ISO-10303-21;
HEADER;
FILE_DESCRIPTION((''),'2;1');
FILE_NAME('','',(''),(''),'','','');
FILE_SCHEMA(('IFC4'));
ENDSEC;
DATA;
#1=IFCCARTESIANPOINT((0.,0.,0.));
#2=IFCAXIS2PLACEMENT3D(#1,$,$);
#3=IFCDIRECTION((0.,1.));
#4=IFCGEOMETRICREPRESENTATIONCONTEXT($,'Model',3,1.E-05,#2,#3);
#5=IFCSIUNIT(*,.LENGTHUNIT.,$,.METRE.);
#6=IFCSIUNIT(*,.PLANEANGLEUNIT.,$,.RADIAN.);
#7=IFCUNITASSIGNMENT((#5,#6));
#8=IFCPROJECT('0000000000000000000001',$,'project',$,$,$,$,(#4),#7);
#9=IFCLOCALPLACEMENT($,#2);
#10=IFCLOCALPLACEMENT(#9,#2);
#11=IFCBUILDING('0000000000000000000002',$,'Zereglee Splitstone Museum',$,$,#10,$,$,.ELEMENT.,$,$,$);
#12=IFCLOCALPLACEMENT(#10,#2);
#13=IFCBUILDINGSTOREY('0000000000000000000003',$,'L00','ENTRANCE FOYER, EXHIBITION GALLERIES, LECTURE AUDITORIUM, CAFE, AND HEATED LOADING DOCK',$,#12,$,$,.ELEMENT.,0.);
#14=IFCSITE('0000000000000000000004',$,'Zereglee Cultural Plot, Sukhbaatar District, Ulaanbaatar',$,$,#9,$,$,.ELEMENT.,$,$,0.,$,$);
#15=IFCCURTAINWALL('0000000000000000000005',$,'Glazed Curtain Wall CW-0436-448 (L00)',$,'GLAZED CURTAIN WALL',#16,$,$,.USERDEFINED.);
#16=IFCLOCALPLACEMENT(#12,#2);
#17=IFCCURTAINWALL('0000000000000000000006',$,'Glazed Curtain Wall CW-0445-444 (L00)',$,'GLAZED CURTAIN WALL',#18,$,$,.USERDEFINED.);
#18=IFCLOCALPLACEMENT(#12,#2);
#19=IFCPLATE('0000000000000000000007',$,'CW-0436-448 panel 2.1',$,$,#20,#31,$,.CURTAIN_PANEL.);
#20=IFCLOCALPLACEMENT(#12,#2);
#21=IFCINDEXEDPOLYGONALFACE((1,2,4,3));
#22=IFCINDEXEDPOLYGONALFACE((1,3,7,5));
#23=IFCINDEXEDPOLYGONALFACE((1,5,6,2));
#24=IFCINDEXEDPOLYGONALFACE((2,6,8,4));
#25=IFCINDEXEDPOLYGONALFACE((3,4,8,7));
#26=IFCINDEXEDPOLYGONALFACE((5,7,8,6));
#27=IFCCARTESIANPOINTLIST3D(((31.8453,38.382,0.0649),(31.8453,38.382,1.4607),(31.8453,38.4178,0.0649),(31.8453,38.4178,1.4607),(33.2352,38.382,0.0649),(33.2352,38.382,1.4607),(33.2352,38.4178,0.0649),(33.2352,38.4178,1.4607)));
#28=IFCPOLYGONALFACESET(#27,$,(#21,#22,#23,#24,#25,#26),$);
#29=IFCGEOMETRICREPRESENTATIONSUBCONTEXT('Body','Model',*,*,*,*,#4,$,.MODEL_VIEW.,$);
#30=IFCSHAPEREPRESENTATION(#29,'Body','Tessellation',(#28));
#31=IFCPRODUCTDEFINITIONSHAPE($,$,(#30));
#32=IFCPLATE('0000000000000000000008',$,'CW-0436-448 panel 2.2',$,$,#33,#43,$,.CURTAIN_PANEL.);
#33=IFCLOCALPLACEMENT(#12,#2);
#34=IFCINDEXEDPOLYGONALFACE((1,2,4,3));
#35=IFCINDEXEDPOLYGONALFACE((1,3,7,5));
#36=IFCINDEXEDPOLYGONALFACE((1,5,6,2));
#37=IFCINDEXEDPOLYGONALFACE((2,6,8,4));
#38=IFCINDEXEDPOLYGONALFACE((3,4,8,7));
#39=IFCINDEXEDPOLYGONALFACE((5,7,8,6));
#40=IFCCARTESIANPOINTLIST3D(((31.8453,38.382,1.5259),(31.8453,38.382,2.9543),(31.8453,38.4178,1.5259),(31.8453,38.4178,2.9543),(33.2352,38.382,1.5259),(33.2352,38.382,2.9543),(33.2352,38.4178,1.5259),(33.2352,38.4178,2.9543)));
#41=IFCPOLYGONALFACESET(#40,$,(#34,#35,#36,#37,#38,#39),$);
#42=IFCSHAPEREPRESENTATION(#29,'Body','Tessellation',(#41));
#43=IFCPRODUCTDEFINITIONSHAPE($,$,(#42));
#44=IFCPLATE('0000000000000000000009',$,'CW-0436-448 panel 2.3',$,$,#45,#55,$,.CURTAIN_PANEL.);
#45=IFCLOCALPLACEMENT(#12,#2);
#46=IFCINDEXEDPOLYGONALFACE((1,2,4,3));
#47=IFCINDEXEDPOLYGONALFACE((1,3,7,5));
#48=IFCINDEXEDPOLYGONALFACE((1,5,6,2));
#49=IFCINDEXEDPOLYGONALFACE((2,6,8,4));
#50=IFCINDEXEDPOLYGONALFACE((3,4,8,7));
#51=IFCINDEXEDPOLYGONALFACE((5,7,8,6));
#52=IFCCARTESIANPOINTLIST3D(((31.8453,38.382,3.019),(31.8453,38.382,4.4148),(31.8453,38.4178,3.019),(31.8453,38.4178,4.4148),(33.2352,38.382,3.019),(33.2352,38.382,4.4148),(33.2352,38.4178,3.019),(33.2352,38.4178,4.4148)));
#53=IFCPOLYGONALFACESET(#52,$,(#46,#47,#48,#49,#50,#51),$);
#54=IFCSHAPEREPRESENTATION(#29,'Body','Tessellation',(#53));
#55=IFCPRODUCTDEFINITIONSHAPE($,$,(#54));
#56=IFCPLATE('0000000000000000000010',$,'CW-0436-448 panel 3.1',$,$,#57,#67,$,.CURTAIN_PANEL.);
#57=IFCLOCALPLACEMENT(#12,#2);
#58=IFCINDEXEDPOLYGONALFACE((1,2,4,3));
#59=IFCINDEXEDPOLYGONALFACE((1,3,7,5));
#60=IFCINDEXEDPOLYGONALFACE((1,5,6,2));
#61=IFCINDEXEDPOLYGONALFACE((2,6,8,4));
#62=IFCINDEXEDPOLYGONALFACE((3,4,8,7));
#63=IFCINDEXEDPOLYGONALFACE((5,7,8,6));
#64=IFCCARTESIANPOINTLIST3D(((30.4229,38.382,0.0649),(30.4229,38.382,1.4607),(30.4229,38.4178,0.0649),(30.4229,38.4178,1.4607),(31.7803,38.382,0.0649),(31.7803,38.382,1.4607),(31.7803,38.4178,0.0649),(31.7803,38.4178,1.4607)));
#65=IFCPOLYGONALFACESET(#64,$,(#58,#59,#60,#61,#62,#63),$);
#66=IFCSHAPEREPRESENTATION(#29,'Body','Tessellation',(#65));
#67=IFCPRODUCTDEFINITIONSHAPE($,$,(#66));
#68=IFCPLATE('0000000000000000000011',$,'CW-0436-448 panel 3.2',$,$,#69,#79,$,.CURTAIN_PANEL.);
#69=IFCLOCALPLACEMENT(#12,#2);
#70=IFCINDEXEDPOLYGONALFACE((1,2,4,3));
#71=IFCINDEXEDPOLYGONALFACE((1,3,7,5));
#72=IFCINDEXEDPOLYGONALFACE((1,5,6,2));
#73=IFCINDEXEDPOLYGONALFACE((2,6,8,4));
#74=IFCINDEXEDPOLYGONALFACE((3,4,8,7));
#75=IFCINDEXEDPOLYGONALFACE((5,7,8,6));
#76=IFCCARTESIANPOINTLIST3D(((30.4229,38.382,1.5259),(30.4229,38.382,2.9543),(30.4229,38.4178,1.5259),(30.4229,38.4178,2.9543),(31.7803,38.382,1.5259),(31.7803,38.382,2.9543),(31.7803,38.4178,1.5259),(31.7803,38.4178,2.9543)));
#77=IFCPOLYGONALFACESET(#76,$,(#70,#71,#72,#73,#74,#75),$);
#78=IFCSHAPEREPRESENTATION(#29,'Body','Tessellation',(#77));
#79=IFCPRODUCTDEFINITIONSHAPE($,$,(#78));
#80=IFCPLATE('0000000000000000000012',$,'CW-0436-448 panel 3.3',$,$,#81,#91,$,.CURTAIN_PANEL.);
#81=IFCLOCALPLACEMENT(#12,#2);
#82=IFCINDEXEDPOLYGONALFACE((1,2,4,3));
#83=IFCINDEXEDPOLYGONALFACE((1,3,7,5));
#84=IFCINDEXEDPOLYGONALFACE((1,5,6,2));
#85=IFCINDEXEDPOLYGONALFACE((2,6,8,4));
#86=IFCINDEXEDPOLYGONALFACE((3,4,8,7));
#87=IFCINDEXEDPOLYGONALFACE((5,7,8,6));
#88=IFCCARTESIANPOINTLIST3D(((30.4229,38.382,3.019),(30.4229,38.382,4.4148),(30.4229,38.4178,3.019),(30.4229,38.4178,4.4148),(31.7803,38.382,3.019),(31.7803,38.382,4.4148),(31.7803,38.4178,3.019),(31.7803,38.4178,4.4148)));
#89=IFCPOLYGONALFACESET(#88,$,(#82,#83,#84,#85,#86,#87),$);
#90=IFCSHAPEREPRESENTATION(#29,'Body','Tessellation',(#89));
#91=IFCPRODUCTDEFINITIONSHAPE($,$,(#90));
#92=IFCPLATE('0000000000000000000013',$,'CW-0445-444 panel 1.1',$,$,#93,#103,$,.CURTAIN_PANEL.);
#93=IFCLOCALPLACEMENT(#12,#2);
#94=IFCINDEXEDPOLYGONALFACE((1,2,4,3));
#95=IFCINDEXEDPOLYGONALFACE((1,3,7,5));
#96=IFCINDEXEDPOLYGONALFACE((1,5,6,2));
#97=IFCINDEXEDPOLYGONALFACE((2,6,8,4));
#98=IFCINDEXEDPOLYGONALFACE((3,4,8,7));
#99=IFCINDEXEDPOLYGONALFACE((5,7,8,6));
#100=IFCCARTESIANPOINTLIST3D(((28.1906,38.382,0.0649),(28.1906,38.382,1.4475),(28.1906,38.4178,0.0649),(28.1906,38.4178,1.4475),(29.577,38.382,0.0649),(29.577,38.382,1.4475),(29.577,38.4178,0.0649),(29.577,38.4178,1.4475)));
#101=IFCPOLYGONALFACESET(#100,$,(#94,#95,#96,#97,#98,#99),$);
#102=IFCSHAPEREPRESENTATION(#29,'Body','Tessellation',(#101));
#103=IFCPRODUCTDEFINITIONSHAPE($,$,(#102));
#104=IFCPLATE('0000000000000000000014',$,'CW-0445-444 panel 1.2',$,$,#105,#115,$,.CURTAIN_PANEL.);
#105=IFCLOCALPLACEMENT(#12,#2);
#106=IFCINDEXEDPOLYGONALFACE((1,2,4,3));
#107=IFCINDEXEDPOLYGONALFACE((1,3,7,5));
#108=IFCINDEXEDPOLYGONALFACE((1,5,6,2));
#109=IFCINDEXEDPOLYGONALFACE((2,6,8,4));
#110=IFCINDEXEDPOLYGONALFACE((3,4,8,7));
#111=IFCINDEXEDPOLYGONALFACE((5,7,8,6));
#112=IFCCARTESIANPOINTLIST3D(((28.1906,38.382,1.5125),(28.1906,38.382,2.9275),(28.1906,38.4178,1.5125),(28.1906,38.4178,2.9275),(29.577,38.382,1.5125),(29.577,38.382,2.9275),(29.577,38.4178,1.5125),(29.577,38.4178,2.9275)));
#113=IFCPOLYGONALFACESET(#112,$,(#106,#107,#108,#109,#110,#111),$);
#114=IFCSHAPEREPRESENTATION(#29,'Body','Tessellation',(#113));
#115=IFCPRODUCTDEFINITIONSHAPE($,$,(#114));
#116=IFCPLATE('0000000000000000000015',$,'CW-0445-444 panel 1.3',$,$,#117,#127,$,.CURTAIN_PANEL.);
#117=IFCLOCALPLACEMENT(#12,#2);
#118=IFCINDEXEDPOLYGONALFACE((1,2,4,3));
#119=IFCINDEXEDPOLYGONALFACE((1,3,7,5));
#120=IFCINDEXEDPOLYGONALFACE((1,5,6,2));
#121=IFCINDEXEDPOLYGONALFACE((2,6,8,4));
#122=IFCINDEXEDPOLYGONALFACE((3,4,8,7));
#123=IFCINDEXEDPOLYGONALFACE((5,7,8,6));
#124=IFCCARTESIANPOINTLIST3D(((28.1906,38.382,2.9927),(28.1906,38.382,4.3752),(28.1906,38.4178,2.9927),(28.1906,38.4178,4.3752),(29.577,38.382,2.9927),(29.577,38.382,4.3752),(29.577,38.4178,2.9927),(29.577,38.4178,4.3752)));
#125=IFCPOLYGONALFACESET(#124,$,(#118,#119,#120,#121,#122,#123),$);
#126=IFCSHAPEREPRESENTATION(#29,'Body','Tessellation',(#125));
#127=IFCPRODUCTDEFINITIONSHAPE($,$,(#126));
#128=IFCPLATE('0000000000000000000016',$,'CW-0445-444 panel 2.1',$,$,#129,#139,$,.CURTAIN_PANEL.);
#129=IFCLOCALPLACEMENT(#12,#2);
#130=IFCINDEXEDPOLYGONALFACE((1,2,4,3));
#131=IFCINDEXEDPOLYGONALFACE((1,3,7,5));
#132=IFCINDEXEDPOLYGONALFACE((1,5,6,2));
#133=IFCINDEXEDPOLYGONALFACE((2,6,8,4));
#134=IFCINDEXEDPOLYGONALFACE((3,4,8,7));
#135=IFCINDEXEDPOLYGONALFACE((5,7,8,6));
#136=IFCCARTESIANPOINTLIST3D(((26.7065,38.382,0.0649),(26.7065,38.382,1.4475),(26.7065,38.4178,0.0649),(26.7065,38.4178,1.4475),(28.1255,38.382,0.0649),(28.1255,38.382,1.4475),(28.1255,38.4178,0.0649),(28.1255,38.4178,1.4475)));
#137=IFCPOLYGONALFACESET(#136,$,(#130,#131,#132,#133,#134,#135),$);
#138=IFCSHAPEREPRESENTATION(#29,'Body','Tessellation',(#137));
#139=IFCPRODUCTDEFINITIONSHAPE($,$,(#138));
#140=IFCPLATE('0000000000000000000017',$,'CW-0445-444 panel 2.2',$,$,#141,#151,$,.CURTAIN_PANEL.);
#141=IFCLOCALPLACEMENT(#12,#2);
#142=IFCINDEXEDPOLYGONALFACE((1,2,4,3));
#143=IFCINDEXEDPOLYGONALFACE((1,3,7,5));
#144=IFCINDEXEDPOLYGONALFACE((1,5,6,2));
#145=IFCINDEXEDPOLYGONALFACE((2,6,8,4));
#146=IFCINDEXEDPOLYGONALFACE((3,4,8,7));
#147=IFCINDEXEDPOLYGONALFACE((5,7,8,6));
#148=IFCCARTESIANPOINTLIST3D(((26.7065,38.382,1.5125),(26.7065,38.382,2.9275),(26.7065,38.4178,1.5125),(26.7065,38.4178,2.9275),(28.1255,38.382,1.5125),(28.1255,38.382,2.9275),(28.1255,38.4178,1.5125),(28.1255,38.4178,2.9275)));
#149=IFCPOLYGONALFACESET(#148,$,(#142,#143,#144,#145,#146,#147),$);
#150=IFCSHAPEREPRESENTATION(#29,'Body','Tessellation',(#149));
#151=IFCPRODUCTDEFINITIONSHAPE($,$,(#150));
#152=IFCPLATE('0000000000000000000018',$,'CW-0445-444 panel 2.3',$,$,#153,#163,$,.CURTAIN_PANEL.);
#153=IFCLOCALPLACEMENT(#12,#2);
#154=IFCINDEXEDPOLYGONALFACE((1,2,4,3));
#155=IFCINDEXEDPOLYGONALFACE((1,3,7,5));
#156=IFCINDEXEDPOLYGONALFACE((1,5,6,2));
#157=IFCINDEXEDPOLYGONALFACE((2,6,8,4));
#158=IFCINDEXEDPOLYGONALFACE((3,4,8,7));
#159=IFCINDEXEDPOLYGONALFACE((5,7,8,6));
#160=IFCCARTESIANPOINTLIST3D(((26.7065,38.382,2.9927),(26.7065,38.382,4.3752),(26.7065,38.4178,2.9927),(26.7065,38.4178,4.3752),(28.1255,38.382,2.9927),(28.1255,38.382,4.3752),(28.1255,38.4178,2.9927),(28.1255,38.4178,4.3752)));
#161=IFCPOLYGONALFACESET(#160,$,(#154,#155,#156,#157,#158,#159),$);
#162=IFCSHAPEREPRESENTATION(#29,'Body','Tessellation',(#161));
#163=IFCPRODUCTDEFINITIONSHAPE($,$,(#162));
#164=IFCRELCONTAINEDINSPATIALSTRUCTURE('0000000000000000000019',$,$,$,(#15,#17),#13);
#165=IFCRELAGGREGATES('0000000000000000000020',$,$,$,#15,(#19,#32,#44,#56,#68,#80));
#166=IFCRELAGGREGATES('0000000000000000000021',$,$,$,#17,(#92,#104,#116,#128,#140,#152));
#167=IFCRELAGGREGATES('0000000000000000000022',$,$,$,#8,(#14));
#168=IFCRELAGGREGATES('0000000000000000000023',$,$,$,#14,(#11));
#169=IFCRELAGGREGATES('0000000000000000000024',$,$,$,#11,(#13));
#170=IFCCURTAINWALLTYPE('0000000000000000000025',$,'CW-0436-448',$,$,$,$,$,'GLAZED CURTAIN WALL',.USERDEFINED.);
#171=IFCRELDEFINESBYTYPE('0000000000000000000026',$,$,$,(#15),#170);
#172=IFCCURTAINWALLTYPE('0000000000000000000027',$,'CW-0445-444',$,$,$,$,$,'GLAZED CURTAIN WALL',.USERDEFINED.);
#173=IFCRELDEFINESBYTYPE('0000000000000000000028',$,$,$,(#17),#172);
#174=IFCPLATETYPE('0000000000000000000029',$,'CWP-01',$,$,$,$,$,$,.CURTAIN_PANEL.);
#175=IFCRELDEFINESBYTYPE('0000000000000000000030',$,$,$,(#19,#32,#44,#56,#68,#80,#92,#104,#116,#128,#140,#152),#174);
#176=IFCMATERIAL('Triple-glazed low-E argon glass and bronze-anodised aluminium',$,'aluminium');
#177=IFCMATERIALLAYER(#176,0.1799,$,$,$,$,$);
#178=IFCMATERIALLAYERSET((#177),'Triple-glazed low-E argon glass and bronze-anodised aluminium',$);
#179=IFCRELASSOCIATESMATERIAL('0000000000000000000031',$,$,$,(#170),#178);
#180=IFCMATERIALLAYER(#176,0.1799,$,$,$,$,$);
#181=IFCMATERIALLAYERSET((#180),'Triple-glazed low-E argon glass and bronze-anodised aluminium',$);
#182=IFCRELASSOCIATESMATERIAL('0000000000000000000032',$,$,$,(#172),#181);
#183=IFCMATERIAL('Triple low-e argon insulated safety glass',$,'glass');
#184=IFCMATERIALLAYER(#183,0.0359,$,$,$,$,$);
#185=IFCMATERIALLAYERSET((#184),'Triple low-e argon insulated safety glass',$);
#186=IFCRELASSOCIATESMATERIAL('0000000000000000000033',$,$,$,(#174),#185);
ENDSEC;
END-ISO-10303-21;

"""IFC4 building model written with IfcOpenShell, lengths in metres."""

from ifc_helpers import new_model, si_unit, direction, frame, origin, origin_2d, place, context, subcontext, project, spatial, rectangle, extrude, material, layer, layer_set, type_object, element, aggregate, save


model = new_model("IFC4")

# Units and contexts
model_context = context("Model", 3, precision=1e-05, world=origin(), true_north=direction((0.0, 1.0)))
body_context = subcontext(model_context, "Body", "Model", "MODEL_VIEW")
ifc_project = project(units=[si_unit("LENGTHUNIT", "METRE"), si_unit("PLANEANGLEUNIT", "RADIAN")], contexts=[model_context])

# Site, building, storey
site_placement = place(None, origin())
site = spatial("IfcSite", under=ifc_project, at=site_placement, Name="Zereglee Cultural Plot, Sukhbaatar District, Ulaanbaatar", CompositionType="ELEMENT", RefElevation=0.0)
building_placement = place(site_placement, origin())
building = spatial("IfcBuilding", under=site, at=building_placement, Name="Zereglee Splitstone Museum", CompositionType="ELEMENT")
storey_placement = place(building_placement, origin())
storey = spatial("IfcBuildingStorey", under=building, at=storey_placement, Name="L00", Description="ENTRANCE FOYER, EXHIBITION GALLERIES, LECTURE AUDITORIUM, CAFE, AND HEATED LOADING DOCK", CompositionType="ELEMENT", Elevation=0.0)

# Curtain walls
ifc_material_1 = material(Name="Triple-glazed low-E argon glass and bronze-anodised aluminium", Category="aluminium")
ifc_layer_1 = layer(ifc_material_1, 0.1799)
ifc_layer_set_1 = layer_set([ifc_layer_1], Name="Triple-glazed low-E argon glass and bronze-anodised aluminium")
curtain_wall_type_1 = type_object("IfcCurtainWallType", Name="CW-0436-448", ElementType="GLAZED CURTAIN WALL", PredefinedType="USERDEFINED", material=ifc_layer_set_1)
curtain_wall_1_placement = place(storey_placement, origin())
curtain_wall_1 = element("IfcCurtainWall", 1, at=curtain_wall_1_placement, inside=storey, type_object=curtain_wall_type_1, Name="Glazed Curtain Wall CW-0436-448 (L00)", ObjectType="GLAZED CURTAIN WALL", PredefinedType="USERDEFINED")
ifc_layer_2 = layer(ifc_material_1, 0.1799)
ifc_layer_set_2 = layer_set([ifc_layer_2], Name="Triple-glazed low-E argon glass and bronze-anodised aluminium")
curtain_wall_type_2 = type_object("IfcCurtainWallType", Name="CW-0445-444", ElementType="GLAZED CURTAIN WALL", PredefinedType="USERDEFINED", material=ifc_layer_set_2)
curtain_wall_2_placement = place(storey_placement, origin())
curtain_wall_2 = element("IfcCurtainWall", 2, at=curtain_wall_2_placement, inside=storey, type_object=curtain_wall_type_2, Name="Glazed Curtain Wall CW-0445-444 (L00)", ObjectType="GLAZED CURTAIN WALL", PredefinedType="USERDEFINED")

# Plates
ifc_material_2 = material(Name="Triple low-e argon insulated safety glass", Category="glass")
ifc_layer_3 = layer(ifc_material_2, 0.0359)
ifc_layer_set_3 = layer_set([ifc_layer_3], Name="Triple low-e argon insulated safety glass")
plate_type = type_object("IfcPlateType", Name="CWP-01", PredefinedType="CURTAIN_PANEL", material=ifc_layer_set_3)
plate_1_placement = place(storey_placement, frame((32.5403, 38.3999, 0.0649), z_axis=(0.0, 0.0, 1.0), x_axis=(-1.0, 0.0, 0.0)))
plate_1 = element("IfcPlate", 3, at=plate_1_placement, type_object=plate_type, Name="CW-0436-448 panel 2.1", PredefinedType="CURTAIN_PANEL", context=body_context, shape_type="SweptSolid", body=[
    extrude(rectangle(XDim=1.3899, YDim=0.0359, at=origin_2d()), origin(), (0.0, 0.0, 1.0), 1.3958),
])
plate_2_placement = place(storey_placement, frame((32.5403, 38.3999, 1.5259), z_axis=(0.0, 0.0, 1.0), x_axis=(-1.0, 0.0, 0.0)))
plate_2 = element("IfcPlate", 4, at=plate_2_placement, type_object=plate_type, Name="CW-0436-448 panel 2.2", PredefinedType="CURTAIN_PANEL", context=body_context, shape_type="SweptSolid", body=[
    extrude(rectangle(XDim=1.3899, YDim=0.0359, at=origin_2d()), origin(), (0.0, 0.0, 1.0), 1.4285),
])
plate_3_placement = place(storey_placement, frame((32.5403, 38.3999, 3.019), z_axis=(0.0, 0.0, 1.0), x_axis=(-1.0, 0.0, 0.0)))
plate_3 = element("IfcPlate", 5, at=plate_3_placement, type_object=plate_type, Name="CW-0436-448 panel 2.3", PredefinedType="CURTAIN_PANEL", context=body_context, shape_type="SweptSolid", body=[
    extrude(rectangle(XDim=1.3899, YDim=0.0359, at=origin_2d()), origin(), (0.0, 0.0, 1.0), 1.3958),
])
plate_4_placement = place(storey_placement, frame((31.1016, 38.3999, 0.0649), z_axis=(0.0, 0.0, 1.0), x_axis=(-1.0, 0.0, 0.0)))
plate_4 = element("IfcPlate", 6, at=plate_4_placement, type_object=plate_type, Name="CW-0436-448 panel 3.1", PredefinedType="CURTAIN_PANEL", context=body_context, shape_type="SweptSolid", body=[
    extrude(rectangle(XDim=1.3574, YDim=0.0359, at=origin_2d()), origin(), (0.0, 0.0, 1.0), 1.3958),
])
plate_5_placement = place(storey_placement, frame((31.1016, 38.3999, 1.5259), z_axis=(0.0, 0.0, 1.0), x_axis=(-1.0, 0.0, 0.0)))
plate_5 = element("IfcPlate", 7, at=plate_5_placement, type_object=plate_type, Name="CW-0436-448 panel 3.2", PredefinedType="CURTAIN_PANEL", context=body_context, shape_type="SweptSolid", body=[
    extrude(rectangle(XDim=1.3574, YDim=0.0359, at=origin_2d()), origin(), (0.0, 0.0, 1.0), 1.4285),
])
plate_6_placement = place(storey_placement, frame((31.1016, 38.3999, 3.019), z_axis=(0.0, 0.0, 1.0), x_axis=(-1.0, 0.0, 0.0)))
plate_6 = element("IfcPlate", 8, at=plate_6_placement, type_object=plate_type, Name="CW-0436-448 panel 3.3", PredefinedType="CURTAIN_PANEL", context=body_context, shape_type="SweptSolid", body=[
    extrude(rectangle(XDim=1.3574, YDim=0.0359, at=origin_2d()), origin(), (0.0, 0.0, 1.0), 1.3958),
])
aggregate(curtain_wall_1, [plate_1, plate_2, plate_3, plate_4, plate_5, plate_6])
plate_7_placement = place(storey_placement, frame((28.8838, 38.3999, 0.0649), z_axis=(0.0, 0.0, 1.0), x_axis=(-1.0, 0.0, 0.0)))
plate_7 = element("IfcPlate", 9, at=plate_7_placement, type_object=plate_type, Name="CW-0445-444 panel 1.1", PredefinedType="CURTAIN_PANEL", context=body_context, shape_type="SweptSolid", body=[
    extrude(rectangle(XDim=1.3865, YDim=0.0359, at=origin_2d()), origin(), (0.0, 0.0, 1.0), 1.3826),
])
plate_8_placement = place(storey_placement, frame((28.8838, 38.3999, 1.5125), z_axis=(0.0, 0.0, 1.0), x_axis=(-1.0, 0.0, 0.0)))
plate_8 = element("IfcPlate", 10, at=plate_8_placement, type_object=plate_type, Name="CW-0445-444 panel 1.2", PredefinedType="CURTAIN_PANEL", context=body_context, shape_type="SweptSolid", body=[
    extrude(rectangle(XDim=1.3865, YDim=0.0359, at=origin_2d()), origin(), (0.0, 0.0, 1.0), 1.415),
])
plate_9_placement = place(storey_placement, frame((28.8838, 38.3999, 2.9927), z_axis=(0.0, 0.0, 1.0), x_axis=(-1.0, 0.0, 0.0)))
plate_9 = element("IfcPlate", 11, at=plate_9_placement, type_object=plate_type, Name="CW-0445-444 panel 1.3", PredefinedType="CURTAIN_PANEL", context=body_context, shape_type="SweptSolid", body=[
    extrude(rectangle(XDim=1.3865, YDim=0.0359, at=origin_2d()), origin(), (0.0, 0.0, 1.0), 1.3826),
])
plate_10_placement = place(storey_placement, frame((27.416, 38.3999, 0.0649), z_axis=(0.0, 0.0, 1.0), x_axis=(-1.0, 0.0, 0.0)))
plate_10 = element("IfcPlate", 12, at=plate_10_placement, type_object=plate_type, Name="CW-0445-444 panel 2.1", PredefinedType="CURTAIN_PANEL", context=body_context, shape_type="SweptSolid", body=[
    extrude(rectangle(XDim=1.4189, YDim=0.0359, at=origin_2d()), origin(), (0.0, 0.0, 1.0), 1.3826),
])
plate_11_placement = place(storey_placement, frame((27.416, 38.3999, 1.5125), z_axis=(0.0, 0.0, 1.0), x_axis=(-1.0, 0.0, 0.0)))
plate_11 = element("IfcPlate", 13, at=plate_11_placement, type_object=plate_type, Name="CW-0445-444 panel 2.2", PredefinedType="CURTAIN_PANEL", context=body_context, shape_type="SweptSolid", body=[
    extrude(rectangle(XDim=1.4189, YDim=0.0359, at=origin_2d()), origin(), (0.0, 0.0, 1.0), 1.415),
])
plate_12_placement = place(storey_placement, frame((27.416, 38.3999, 2.9927), z_axis=(0.0, 0.0, 1.0), x_axis=(-1.0, 0.0, 0.0)))
plate_12 = element("IfcPlate", 14, at=plate_12_placement, type_object=plate_type, Name="CW-0445-444 panel 2.3", PredefinedType="CURTAIN_PANEL", context=body_context, shape_type="SweptSolid", body=[
    extrude(rectangle(XDim=1.4189, YDim=0.0359, at=origin_2d()), origin(), (0.0, 0.0, 1.0), 1.3826),
])
aggregate(curtain_wall_2, [plate_7, plate_8, plate_9, plate_10, plate_11, plate_12])

save(model, "model.ifc")
